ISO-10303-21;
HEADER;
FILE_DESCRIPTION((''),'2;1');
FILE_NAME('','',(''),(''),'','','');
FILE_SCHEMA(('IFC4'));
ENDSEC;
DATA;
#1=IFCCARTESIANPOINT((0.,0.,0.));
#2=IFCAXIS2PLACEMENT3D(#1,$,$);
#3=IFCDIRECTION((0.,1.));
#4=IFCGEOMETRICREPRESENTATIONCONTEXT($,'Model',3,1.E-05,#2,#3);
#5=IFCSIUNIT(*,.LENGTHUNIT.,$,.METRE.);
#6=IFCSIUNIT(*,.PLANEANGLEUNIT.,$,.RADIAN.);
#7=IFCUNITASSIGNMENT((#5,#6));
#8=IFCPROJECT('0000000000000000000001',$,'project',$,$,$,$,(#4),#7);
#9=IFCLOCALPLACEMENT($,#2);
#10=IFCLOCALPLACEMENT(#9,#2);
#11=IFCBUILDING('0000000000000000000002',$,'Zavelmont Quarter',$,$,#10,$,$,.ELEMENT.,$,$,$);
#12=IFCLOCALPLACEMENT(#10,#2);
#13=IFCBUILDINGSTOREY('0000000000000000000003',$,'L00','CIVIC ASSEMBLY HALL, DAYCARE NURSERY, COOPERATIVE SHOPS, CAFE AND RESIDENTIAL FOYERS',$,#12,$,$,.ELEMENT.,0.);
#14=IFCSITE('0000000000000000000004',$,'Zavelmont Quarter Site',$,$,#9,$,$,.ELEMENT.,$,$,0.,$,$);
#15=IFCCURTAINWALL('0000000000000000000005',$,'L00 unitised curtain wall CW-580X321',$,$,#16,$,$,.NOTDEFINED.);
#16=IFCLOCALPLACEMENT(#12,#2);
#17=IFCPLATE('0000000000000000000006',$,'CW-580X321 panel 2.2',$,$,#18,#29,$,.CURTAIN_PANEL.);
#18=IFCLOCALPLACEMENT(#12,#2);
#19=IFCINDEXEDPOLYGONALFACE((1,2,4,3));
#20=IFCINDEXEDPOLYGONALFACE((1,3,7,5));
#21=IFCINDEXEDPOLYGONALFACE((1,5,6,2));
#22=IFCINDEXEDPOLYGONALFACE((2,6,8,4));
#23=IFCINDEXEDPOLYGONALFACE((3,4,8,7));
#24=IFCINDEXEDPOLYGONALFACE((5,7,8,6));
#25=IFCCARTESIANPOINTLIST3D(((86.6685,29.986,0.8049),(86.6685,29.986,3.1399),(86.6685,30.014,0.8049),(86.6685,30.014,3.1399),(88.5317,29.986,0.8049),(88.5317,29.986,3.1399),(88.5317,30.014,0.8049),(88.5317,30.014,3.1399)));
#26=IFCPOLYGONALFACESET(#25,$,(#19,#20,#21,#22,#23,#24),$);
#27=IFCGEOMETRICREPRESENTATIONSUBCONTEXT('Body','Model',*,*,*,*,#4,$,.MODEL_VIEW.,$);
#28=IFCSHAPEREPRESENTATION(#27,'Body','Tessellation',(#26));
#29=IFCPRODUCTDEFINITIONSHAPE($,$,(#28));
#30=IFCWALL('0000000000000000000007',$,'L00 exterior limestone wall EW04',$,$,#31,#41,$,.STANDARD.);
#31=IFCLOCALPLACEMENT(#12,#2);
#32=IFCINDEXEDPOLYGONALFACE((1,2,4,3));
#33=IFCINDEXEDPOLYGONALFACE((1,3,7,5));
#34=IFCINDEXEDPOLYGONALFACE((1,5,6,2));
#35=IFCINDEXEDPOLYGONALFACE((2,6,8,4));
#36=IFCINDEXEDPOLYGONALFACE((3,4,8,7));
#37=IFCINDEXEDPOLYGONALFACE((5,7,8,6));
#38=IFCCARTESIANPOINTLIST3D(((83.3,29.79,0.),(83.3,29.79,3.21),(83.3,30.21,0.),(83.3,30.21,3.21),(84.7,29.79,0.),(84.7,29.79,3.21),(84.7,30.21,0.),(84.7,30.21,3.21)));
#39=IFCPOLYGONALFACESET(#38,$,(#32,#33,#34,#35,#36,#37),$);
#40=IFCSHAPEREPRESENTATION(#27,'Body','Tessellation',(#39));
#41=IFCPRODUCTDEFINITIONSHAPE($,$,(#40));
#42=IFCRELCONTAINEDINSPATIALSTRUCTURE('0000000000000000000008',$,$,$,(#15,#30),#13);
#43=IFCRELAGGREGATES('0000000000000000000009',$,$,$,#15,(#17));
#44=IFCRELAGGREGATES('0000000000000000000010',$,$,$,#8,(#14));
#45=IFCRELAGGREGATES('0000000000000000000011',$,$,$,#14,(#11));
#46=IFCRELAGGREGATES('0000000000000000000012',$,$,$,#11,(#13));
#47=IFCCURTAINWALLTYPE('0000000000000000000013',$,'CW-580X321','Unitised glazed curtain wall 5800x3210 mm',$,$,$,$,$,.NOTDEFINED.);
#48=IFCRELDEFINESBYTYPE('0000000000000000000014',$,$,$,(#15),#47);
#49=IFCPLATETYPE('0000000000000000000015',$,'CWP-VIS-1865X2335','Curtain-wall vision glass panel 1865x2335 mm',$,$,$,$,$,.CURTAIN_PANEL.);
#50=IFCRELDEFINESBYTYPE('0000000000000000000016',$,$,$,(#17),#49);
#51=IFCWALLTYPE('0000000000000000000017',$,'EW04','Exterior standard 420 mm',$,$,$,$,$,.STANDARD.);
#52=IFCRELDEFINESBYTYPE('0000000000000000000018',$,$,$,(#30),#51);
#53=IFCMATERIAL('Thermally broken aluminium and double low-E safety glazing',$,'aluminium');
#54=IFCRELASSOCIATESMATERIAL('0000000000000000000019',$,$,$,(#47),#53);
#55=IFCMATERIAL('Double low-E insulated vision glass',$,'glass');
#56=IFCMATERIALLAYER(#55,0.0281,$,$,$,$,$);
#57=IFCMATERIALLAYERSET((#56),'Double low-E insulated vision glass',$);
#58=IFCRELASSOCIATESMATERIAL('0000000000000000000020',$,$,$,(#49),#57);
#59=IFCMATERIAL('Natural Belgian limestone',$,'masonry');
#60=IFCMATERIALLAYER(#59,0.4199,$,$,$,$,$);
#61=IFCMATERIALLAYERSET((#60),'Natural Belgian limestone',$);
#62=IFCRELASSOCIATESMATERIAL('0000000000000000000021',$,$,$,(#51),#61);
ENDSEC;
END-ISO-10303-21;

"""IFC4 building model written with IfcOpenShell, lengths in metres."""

from ifc_helpers import new_model, si_unit, direction, frame, frame_2d, origin, origin_2d, place, context, subcontext, project, spatial, rectangle, extrude, material, layer, layer_set, type_object, element, aggregate, save


model = new_model("IFC4")

# Units and contexts
model_context = context("Model", 3, precision=1e-05, world=origin(), true_north=direction((0.0, 1.0)))
body_context = subcontext(model_context, "Body", "Model", "MODEL_VIEW")
ifc_project = project(units=[si_unit("LENGTHUNIT", "METRE"), si_unit("PLANEANGLEUNIT", "RADIAN")], contexts=[model_context])

# Site, building, storey
site_placement = place(None, origin())
site = spatial("IfcSite", under=ifc_project, at=site_placement, Name="Zavelmont Quarter Site", CompositionType="ELEMENT", RefElevation=0.0)
building_placement = place(site_placement, origin())
building = spatial("IfcBuilding", under=site, at=building_placement, Name="Zavelmont Quarter", CompositionType="ELEMENT")
storey_placement = place(building_placement, origin())
storey = spatial("IfcBuildingStorey", under=building, at=storey_placement, Name="L00", Description="CIVIC ASSEMBLY HALL, DAYCARE NURSERY, COOPERATIVE SHOPS, CAFE AND RESIDENTIAL FOYERS", CompositionType="ELEMENT", Elevation=0.0)

# Curtain wall, plate
ifc_material_1 = material(Name="Thermally broken aluminium and double low-E safety glazing", Category="aluminium")
curtain_wall_type = type_object("IfcCurtainWallType", Name="CW-580X321", Description="Unitised glazed curtain wall 5800x3210 mm", PredefinedType="NOTDEFINED", material=ifc_material_1)
curtain_wall_placement = place(storey_placement, origin())
curtain_wall = element("IfcCurtainWall", 1, at=curtain_wall_placement, inside=storey, type_object=curtain_wall_type, Name="L00 unitised curtain wall CW-580X321", PredefinedType="NOTDEFINED")
ifc_material_2 = material(Name="Double low-E insulated vision glass", Category="glass")
ifc_layer_1 = layer(ifc_material_2, 0.0281)
ifc_layer_set_1 = layer_set([ifc_layer_1], Name="Double low-E insulated vision glass")
plate_type_1 = type_object("IfcPlateType", Name="CWP-VIS-1865X2335", Description="Curtain-wall vision glass panel 1865x2335 mm", PredefinedType="CURTAIN_PANEL", material=ifc_layer_set_1)
plate_1_placement = place(storey_placement, frame((87.6001, 30.0, 0.8049), z_axis=(0.0, 0.0, 1.0), x_axis=(1.0, 0.0, 0.0)))
plate_1 = element("IfcPlate", 2, at=plate_1_placement, type_object=plate_type_1, Name="CW-580X321 panel 2.2", PredefinedType="CURTAIN_PANEL", context=body_context, shape_type="SweptSolid", body=[
    extrude(rectangle(XDim=1.8633, YDim=0.0281, at=origin_2d()), origin(), (0.0, 0.0, 1.0), 2.335),
])
aggregate(curtain_wall, [plate_1])

# Wall
ifc_material_3 = material(Name="Natural Belgian limestone", Category="masonry")
ifc_layer_2 = layer(ifc_material_3, 0.4199)
ifc_layer_set_2 = layer_set([ifc_layer_2], Name="Natural Belgian limestone")
wall_type = type_object("IfcWallType", Name="EW04", Description="Exterior standard 420 mm", PredefinedType="STANDARD", material=ifc_layer_set_2)
wall_placement = place(storey_placement, frame((83.3, 30.0, 0.0), z_axis=(0.0, 0.0, 1.0), x_axis=(1.0, 0.0, 0.0)))
element("IfcWall", 3, at=wall_placement, inside=storey, type_object=wall_type, Name="L00 exterior limestone wall EW04", PredefinedType="STANDARD", context=body_context, shape_type="SweptSolid", body=[
    extrude(rectangle(XDim=1.3999, YDim=0.4199, at=frame_2d((0.7, 0.0))), origin(), (0.0, 0.0, 1.0), 3.21),
])

save(model, "model.ifc")
